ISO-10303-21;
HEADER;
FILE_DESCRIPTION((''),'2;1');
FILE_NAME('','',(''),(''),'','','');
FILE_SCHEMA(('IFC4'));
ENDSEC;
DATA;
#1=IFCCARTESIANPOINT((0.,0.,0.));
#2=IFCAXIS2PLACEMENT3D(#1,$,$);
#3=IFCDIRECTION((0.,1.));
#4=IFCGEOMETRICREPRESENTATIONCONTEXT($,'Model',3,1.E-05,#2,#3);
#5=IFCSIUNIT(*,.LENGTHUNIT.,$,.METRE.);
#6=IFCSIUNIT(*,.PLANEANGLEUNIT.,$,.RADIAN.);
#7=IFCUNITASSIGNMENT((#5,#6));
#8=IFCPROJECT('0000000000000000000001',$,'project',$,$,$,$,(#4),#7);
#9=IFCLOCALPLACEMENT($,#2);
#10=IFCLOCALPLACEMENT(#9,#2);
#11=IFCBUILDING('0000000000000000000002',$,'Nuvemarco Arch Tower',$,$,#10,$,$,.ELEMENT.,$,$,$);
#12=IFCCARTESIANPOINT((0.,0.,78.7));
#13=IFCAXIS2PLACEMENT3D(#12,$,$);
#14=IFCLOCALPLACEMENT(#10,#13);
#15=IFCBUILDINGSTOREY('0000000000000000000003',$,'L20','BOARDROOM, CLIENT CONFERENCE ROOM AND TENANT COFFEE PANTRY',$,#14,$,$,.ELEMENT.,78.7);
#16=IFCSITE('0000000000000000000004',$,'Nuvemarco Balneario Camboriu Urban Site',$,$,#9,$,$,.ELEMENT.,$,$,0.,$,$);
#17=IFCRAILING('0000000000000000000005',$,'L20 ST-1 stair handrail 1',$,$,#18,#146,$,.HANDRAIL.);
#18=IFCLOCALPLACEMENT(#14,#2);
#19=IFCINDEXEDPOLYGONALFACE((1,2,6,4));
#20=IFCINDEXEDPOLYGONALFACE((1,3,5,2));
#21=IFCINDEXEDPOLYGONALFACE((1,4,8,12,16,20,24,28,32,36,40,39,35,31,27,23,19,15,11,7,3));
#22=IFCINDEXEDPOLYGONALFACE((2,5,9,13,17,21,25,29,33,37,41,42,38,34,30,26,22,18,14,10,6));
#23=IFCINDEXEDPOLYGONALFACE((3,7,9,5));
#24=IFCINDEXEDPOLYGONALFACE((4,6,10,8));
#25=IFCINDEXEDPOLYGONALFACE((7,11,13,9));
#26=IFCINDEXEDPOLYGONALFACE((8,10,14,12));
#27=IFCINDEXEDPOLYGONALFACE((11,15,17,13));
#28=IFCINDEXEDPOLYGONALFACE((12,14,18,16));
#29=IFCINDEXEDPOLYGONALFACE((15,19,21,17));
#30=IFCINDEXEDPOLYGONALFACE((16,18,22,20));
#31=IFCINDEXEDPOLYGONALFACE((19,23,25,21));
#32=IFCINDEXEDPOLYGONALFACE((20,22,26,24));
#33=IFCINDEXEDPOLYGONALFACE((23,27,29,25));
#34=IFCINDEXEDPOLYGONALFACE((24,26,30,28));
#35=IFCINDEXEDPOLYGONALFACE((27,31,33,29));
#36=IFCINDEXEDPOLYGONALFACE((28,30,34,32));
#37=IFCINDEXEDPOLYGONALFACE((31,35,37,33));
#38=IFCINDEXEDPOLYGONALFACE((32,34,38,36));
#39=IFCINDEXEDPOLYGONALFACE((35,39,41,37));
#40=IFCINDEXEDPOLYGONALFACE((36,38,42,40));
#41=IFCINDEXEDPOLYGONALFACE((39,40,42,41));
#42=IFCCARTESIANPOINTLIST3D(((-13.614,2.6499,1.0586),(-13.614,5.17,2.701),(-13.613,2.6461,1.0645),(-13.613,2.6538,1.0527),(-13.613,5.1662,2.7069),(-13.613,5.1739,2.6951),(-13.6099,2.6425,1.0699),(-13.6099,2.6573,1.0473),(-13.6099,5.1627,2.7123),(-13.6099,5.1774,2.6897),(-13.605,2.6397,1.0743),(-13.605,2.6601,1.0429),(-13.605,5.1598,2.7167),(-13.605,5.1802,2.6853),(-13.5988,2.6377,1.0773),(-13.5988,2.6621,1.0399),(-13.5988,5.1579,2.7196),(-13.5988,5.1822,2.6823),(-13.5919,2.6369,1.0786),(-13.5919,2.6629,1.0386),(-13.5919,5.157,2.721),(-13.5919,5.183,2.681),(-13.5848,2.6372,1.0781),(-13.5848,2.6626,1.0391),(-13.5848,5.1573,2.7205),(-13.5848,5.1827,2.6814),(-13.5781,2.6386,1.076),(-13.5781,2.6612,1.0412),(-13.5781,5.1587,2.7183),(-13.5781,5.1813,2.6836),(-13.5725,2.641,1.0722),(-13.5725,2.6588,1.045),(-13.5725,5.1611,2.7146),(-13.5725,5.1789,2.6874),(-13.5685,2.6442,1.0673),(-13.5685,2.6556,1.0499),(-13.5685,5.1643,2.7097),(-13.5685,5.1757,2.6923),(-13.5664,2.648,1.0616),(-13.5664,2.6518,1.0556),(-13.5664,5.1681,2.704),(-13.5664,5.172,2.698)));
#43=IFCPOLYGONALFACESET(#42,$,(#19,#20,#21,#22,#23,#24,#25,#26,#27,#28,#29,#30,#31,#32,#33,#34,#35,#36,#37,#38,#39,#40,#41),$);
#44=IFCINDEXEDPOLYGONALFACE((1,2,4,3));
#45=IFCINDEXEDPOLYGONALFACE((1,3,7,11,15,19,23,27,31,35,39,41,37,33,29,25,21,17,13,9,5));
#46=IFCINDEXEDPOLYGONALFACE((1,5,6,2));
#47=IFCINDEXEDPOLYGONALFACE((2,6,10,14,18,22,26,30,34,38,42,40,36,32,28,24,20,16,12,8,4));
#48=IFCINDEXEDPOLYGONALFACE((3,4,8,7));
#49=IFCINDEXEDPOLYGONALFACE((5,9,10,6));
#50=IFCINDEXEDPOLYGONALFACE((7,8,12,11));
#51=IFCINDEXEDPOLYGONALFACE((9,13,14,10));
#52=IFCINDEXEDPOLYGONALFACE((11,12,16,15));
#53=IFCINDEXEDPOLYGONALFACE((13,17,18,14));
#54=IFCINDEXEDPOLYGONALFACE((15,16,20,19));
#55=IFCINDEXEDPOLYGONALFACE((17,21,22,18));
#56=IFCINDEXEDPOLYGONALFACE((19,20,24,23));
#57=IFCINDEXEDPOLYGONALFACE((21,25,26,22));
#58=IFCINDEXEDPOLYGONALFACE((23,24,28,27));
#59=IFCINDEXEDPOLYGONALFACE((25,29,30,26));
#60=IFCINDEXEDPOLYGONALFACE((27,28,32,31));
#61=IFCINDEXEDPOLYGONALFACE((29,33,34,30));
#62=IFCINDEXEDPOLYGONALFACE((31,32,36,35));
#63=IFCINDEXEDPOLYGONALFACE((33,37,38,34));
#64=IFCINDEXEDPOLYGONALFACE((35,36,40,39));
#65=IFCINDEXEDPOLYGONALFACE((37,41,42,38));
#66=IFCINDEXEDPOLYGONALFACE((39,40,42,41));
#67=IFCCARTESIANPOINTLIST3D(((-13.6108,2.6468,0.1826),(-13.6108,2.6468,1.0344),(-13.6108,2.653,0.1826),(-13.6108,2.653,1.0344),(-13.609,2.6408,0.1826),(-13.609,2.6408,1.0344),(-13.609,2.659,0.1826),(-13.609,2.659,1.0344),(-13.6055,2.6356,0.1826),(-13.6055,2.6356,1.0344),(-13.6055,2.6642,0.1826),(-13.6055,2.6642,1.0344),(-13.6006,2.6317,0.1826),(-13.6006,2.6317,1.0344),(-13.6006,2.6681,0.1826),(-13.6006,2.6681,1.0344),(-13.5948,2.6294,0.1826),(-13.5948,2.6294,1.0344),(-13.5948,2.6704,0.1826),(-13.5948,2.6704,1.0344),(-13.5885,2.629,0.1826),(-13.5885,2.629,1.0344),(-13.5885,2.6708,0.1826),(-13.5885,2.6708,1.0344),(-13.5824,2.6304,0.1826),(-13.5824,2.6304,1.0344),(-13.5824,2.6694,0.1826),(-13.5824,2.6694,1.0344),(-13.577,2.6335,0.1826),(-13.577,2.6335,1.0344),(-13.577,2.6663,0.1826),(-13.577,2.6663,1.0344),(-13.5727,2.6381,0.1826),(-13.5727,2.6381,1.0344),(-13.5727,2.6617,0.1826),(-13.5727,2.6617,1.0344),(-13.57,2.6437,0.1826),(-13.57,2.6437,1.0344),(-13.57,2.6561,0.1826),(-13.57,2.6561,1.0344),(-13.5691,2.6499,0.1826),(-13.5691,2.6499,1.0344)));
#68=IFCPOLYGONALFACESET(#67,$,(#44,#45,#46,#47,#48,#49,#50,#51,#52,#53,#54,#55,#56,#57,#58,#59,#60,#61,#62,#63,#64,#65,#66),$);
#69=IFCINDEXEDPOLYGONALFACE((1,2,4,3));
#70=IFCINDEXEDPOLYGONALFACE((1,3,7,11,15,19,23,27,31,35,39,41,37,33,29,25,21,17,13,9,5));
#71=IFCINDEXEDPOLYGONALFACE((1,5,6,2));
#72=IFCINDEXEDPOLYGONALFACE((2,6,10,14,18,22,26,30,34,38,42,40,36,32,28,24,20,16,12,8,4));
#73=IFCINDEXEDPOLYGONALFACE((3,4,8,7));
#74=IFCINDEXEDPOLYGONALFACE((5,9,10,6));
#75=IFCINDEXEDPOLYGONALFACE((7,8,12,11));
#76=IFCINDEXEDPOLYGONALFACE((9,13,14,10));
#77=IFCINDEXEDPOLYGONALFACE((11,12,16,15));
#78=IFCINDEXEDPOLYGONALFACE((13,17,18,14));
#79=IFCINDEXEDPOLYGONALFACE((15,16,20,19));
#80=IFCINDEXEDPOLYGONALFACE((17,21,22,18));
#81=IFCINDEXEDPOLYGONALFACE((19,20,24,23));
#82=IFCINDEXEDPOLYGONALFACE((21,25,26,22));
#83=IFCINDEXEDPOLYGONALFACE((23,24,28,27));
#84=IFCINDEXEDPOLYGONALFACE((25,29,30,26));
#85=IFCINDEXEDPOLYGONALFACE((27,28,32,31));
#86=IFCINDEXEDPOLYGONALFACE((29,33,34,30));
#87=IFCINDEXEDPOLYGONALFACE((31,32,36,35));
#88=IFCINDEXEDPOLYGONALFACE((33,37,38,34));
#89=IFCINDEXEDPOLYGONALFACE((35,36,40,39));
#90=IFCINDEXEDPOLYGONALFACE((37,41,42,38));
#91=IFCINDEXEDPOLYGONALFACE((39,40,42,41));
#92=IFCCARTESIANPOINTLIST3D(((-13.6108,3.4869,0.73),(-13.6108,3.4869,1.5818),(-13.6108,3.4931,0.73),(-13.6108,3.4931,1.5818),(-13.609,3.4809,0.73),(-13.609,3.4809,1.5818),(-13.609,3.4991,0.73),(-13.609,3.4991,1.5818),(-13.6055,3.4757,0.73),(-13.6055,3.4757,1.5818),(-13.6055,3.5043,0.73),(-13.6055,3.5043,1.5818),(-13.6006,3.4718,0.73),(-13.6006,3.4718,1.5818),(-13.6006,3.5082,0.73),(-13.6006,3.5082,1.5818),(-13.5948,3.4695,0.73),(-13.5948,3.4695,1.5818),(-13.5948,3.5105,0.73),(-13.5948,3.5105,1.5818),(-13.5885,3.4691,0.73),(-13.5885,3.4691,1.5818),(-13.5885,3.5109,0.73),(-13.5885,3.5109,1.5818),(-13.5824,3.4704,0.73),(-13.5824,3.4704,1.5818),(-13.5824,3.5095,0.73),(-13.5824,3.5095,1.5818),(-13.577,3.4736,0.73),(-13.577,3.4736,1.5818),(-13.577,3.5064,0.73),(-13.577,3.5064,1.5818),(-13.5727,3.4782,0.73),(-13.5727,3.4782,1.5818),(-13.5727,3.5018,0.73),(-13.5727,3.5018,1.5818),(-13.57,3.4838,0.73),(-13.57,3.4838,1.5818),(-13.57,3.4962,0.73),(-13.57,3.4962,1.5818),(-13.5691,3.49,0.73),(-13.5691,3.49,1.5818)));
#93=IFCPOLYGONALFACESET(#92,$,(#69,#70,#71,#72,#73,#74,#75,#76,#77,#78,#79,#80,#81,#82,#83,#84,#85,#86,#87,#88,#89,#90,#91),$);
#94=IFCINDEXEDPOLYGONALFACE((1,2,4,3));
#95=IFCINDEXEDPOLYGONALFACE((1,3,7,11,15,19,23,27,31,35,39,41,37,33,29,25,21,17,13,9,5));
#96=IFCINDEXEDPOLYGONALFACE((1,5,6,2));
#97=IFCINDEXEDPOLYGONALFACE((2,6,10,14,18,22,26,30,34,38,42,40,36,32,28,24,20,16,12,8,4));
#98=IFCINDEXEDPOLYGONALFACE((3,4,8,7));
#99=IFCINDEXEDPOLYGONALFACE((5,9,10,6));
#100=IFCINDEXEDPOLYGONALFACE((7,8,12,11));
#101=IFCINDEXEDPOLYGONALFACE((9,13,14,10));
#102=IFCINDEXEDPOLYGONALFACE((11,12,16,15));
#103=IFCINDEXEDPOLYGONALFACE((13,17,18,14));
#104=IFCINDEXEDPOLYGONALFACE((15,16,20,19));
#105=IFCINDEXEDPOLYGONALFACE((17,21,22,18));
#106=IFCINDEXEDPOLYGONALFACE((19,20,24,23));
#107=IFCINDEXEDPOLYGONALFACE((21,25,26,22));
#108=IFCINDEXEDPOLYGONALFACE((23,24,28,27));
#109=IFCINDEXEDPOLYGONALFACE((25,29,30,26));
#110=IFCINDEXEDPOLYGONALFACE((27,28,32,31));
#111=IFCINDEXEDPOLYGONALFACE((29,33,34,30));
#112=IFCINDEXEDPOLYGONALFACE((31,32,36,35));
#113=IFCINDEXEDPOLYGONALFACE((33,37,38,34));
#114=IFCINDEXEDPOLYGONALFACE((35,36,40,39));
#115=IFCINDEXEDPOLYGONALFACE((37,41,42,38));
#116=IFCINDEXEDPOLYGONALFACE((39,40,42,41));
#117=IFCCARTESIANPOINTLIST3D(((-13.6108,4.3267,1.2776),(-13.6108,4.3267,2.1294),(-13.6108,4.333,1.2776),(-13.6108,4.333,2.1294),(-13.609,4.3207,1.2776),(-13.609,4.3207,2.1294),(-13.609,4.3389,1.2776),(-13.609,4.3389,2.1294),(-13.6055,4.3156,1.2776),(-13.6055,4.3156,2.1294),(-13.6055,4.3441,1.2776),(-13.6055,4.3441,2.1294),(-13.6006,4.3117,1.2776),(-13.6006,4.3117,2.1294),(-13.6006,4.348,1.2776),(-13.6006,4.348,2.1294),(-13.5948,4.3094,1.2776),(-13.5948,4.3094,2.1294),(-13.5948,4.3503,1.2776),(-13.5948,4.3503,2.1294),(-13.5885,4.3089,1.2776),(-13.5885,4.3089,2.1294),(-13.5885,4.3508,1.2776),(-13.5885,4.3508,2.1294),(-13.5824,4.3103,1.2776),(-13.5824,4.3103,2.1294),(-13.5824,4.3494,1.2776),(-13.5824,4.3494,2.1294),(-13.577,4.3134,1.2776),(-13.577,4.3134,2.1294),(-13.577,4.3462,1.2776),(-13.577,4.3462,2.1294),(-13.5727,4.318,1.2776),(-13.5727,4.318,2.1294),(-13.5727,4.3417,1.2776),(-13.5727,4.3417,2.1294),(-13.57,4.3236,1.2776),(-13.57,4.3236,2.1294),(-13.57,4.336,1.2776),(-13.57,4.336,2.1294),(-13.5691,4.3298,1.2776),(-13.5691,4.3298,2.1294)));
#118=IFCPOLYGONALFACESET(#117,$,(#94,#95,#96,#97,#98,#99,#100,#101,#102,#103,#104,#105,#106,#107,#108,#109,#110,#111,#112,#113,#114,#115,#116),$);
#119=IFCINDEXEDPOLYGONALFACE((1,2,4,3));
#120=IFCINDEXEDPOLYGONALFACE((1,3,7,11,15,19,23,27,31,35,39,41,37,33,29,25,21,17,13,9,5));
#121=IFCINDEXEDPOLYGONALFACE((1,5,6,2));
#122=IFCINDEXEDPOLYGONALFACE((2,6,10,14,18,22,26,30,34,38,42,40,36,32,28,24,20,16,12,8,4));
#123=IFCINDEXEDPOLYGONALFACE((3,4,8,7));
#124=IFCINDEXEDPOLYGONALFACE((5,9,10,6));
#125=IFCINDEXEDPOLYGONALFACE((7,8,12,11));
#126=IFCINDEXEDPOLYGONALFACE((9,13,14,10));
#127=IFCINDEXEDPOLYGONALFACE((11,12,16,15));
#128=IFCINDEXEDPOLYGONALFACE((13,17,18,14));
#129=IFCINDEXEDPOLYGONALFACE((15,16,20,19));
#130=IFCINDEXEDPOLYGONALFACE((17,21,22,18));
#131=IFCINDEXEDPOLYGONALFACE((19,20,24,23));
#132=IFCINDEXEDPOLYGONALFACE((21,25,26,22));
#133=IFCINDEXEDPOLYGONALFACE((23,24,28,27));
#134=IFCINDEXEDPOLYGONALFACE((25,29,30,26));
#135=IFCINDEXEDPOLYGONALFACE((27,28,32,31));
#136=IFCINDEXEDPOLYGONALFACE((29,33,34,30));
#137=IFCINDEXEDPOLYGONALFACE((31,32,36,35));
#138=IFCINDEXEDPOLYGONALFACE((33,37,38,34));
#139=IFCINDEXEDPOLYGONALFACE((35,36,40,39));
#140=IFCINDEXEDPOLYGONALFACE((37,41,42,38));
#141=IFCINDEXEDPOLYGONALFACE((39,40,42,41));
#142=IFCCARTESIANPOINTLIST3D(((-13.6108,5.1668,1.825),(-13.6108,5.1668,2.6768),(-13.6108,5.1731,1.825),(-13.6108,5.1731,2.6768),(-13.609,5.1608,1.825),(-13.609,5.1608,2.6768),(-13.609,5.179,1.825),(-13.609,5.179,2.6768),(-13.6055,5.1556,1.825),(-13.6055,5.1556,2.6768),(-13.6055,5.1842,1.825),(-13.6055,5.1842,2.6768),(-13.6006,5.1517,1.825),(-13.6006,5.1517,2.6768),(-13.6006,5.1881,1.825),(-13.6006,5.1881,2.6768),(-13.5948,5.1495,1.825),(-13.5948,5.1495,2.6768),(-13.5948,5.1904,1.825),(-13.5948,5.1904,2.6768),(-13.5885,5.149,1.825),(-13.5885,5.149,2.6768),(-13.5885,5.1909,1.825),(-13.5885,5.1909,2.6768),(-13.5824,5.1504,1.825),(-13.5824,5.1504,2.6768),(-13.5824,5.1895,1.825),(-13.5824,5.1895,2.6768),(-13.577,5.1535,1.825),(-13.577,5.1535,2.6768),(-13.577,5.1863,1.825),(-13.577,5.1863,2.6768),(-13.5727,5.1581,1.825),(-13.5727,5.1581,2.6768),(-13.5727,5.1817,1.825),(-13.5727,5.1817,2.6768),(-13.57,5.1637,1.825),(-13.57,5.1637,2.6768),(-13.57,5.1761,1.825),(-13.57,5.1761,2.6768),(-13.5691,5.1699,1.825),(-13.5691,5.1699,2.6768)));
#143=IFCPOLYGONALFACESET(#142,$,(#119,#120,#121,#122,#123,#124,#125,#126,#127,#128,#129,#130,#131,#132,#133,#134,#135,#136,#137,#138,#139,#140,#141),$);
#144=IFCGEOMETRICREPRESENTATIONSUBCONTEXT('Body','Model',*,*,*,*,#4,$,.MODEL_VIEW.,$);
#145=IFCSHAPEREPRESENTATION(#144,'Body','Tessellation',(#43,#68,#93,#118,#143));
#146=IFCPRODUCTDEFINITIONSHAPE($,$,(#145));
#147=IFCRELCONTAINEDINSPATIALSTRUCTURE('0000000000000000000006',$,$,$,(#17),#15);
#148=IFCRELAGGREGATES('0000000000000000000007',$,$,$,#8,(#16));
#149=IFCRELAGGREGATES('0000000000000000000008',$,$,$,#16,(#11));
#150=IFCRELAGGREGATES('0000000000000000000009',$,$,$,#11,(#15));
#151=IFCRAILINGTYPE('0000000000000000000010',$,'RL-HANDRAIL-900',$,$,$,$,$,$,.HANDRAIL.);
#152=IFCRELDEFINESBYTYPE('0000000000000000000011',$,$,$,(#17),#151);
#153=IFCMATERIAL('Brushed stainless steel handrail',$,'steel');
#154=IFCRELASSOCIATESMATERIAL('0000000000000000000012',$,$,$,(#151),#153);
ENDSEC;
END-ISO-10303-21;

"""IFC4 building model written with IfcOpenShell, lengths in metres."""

from ifc_helpers import new_model, si_unit, direction, frame, origin, origin_2d, place, context, subcontext, project, spatial, circle, extrude, material, type_object, element, save


model = new_model("IFC4")

# Units and contexts
model_context = context("Model", 3, precision=1e-05, world=origin(), true_north=direction((0.0, 1.0)))
body_context = subcontext(model_context, "Body", "Model", "MODEL_VIEW")
ifc_project = project(units=[si_unit("LENGTHUNIT", "METRE"), si_unit("PLANEANGLEUNIT", "RADIAN")], contexts=[model_context])

# Site, building, storey
site_placement = place(None, origin())
site = spatial("IfcSite", under=ifc_project, at=site_placement, Name="Nuvemarco Balneario Camboriu Urban Site", CompositionType="ELEMENT", RefElevation=0.0)
building_placement = place(site_placement, origin())
building = spatial("IfcBuilding", under=site, at=building_placement, Name="Nuvemarco Arch Tower", CompositionType="ELEMENT")
storey_placement = place(building_placement, frame((0.0, 0.0, 78.7)))
storey = spatial("IfcBuildingStorey", under=building, at=storey_placement, Name="L20", Description="BOARDROOM, CLIENT CONFERENCE ROOM AND TENANT COFFEE PANTRY", CompositionType="ELEMENT", Elevation=78.7)

# Railing
ifc_material_1 = material(Name="Brushed stainless steel handrail", Category="steel")
railing_type = type_object("IfcRailingType", Name="RL-HANDRAIL-900", PredefinedType="HANDRAIL", material=ifc_material_1)
railing_placement = place(storey_placement, frame((-13.5901, 2.6499, 0.1826)))
element("IfcRailing", 1, at=railing_placement, inside=storey, type_object=railing_type, Name="L20 ST-1 stair handrail 1", PredefinedType="HANDRAIL", context=body_context, shape_type="SweptSolid", body=[
    extrude(circle(Radius=0.0239, at=origin_2d()), frame((0.0, 0.0, 0.876), z_axis=(0.0, 0.837787, 0.545998), x_axis=(-1.0, 0.0, 0.0)), (0.0, 0.0, 1.0), 3.0081),
    extrude(circle(Radius=0.021, at=origin_2d()), origin(), (0.0, 0.0, 1.0), 0.8518),
    extrude(circle(Radius=0.021, at=origin_2d()), frame((0.0, 0.8401, 0.5474)), (0.0, 0.0, 1.0), 0.8518),
    extrude(circle(Radius=0.021, at=origin_2d()), frame((0.0, 1.6799, 1.095)), (0.0, 0.0, 1.0), 0.8518),
    extrude(circle(Radius=0.021, at=origin_2d()), frame((0.0, 2.52, 1.6423)), (0.0, 0.0, 1.0), 0.8518),
])

save(model, "model.ifc")
